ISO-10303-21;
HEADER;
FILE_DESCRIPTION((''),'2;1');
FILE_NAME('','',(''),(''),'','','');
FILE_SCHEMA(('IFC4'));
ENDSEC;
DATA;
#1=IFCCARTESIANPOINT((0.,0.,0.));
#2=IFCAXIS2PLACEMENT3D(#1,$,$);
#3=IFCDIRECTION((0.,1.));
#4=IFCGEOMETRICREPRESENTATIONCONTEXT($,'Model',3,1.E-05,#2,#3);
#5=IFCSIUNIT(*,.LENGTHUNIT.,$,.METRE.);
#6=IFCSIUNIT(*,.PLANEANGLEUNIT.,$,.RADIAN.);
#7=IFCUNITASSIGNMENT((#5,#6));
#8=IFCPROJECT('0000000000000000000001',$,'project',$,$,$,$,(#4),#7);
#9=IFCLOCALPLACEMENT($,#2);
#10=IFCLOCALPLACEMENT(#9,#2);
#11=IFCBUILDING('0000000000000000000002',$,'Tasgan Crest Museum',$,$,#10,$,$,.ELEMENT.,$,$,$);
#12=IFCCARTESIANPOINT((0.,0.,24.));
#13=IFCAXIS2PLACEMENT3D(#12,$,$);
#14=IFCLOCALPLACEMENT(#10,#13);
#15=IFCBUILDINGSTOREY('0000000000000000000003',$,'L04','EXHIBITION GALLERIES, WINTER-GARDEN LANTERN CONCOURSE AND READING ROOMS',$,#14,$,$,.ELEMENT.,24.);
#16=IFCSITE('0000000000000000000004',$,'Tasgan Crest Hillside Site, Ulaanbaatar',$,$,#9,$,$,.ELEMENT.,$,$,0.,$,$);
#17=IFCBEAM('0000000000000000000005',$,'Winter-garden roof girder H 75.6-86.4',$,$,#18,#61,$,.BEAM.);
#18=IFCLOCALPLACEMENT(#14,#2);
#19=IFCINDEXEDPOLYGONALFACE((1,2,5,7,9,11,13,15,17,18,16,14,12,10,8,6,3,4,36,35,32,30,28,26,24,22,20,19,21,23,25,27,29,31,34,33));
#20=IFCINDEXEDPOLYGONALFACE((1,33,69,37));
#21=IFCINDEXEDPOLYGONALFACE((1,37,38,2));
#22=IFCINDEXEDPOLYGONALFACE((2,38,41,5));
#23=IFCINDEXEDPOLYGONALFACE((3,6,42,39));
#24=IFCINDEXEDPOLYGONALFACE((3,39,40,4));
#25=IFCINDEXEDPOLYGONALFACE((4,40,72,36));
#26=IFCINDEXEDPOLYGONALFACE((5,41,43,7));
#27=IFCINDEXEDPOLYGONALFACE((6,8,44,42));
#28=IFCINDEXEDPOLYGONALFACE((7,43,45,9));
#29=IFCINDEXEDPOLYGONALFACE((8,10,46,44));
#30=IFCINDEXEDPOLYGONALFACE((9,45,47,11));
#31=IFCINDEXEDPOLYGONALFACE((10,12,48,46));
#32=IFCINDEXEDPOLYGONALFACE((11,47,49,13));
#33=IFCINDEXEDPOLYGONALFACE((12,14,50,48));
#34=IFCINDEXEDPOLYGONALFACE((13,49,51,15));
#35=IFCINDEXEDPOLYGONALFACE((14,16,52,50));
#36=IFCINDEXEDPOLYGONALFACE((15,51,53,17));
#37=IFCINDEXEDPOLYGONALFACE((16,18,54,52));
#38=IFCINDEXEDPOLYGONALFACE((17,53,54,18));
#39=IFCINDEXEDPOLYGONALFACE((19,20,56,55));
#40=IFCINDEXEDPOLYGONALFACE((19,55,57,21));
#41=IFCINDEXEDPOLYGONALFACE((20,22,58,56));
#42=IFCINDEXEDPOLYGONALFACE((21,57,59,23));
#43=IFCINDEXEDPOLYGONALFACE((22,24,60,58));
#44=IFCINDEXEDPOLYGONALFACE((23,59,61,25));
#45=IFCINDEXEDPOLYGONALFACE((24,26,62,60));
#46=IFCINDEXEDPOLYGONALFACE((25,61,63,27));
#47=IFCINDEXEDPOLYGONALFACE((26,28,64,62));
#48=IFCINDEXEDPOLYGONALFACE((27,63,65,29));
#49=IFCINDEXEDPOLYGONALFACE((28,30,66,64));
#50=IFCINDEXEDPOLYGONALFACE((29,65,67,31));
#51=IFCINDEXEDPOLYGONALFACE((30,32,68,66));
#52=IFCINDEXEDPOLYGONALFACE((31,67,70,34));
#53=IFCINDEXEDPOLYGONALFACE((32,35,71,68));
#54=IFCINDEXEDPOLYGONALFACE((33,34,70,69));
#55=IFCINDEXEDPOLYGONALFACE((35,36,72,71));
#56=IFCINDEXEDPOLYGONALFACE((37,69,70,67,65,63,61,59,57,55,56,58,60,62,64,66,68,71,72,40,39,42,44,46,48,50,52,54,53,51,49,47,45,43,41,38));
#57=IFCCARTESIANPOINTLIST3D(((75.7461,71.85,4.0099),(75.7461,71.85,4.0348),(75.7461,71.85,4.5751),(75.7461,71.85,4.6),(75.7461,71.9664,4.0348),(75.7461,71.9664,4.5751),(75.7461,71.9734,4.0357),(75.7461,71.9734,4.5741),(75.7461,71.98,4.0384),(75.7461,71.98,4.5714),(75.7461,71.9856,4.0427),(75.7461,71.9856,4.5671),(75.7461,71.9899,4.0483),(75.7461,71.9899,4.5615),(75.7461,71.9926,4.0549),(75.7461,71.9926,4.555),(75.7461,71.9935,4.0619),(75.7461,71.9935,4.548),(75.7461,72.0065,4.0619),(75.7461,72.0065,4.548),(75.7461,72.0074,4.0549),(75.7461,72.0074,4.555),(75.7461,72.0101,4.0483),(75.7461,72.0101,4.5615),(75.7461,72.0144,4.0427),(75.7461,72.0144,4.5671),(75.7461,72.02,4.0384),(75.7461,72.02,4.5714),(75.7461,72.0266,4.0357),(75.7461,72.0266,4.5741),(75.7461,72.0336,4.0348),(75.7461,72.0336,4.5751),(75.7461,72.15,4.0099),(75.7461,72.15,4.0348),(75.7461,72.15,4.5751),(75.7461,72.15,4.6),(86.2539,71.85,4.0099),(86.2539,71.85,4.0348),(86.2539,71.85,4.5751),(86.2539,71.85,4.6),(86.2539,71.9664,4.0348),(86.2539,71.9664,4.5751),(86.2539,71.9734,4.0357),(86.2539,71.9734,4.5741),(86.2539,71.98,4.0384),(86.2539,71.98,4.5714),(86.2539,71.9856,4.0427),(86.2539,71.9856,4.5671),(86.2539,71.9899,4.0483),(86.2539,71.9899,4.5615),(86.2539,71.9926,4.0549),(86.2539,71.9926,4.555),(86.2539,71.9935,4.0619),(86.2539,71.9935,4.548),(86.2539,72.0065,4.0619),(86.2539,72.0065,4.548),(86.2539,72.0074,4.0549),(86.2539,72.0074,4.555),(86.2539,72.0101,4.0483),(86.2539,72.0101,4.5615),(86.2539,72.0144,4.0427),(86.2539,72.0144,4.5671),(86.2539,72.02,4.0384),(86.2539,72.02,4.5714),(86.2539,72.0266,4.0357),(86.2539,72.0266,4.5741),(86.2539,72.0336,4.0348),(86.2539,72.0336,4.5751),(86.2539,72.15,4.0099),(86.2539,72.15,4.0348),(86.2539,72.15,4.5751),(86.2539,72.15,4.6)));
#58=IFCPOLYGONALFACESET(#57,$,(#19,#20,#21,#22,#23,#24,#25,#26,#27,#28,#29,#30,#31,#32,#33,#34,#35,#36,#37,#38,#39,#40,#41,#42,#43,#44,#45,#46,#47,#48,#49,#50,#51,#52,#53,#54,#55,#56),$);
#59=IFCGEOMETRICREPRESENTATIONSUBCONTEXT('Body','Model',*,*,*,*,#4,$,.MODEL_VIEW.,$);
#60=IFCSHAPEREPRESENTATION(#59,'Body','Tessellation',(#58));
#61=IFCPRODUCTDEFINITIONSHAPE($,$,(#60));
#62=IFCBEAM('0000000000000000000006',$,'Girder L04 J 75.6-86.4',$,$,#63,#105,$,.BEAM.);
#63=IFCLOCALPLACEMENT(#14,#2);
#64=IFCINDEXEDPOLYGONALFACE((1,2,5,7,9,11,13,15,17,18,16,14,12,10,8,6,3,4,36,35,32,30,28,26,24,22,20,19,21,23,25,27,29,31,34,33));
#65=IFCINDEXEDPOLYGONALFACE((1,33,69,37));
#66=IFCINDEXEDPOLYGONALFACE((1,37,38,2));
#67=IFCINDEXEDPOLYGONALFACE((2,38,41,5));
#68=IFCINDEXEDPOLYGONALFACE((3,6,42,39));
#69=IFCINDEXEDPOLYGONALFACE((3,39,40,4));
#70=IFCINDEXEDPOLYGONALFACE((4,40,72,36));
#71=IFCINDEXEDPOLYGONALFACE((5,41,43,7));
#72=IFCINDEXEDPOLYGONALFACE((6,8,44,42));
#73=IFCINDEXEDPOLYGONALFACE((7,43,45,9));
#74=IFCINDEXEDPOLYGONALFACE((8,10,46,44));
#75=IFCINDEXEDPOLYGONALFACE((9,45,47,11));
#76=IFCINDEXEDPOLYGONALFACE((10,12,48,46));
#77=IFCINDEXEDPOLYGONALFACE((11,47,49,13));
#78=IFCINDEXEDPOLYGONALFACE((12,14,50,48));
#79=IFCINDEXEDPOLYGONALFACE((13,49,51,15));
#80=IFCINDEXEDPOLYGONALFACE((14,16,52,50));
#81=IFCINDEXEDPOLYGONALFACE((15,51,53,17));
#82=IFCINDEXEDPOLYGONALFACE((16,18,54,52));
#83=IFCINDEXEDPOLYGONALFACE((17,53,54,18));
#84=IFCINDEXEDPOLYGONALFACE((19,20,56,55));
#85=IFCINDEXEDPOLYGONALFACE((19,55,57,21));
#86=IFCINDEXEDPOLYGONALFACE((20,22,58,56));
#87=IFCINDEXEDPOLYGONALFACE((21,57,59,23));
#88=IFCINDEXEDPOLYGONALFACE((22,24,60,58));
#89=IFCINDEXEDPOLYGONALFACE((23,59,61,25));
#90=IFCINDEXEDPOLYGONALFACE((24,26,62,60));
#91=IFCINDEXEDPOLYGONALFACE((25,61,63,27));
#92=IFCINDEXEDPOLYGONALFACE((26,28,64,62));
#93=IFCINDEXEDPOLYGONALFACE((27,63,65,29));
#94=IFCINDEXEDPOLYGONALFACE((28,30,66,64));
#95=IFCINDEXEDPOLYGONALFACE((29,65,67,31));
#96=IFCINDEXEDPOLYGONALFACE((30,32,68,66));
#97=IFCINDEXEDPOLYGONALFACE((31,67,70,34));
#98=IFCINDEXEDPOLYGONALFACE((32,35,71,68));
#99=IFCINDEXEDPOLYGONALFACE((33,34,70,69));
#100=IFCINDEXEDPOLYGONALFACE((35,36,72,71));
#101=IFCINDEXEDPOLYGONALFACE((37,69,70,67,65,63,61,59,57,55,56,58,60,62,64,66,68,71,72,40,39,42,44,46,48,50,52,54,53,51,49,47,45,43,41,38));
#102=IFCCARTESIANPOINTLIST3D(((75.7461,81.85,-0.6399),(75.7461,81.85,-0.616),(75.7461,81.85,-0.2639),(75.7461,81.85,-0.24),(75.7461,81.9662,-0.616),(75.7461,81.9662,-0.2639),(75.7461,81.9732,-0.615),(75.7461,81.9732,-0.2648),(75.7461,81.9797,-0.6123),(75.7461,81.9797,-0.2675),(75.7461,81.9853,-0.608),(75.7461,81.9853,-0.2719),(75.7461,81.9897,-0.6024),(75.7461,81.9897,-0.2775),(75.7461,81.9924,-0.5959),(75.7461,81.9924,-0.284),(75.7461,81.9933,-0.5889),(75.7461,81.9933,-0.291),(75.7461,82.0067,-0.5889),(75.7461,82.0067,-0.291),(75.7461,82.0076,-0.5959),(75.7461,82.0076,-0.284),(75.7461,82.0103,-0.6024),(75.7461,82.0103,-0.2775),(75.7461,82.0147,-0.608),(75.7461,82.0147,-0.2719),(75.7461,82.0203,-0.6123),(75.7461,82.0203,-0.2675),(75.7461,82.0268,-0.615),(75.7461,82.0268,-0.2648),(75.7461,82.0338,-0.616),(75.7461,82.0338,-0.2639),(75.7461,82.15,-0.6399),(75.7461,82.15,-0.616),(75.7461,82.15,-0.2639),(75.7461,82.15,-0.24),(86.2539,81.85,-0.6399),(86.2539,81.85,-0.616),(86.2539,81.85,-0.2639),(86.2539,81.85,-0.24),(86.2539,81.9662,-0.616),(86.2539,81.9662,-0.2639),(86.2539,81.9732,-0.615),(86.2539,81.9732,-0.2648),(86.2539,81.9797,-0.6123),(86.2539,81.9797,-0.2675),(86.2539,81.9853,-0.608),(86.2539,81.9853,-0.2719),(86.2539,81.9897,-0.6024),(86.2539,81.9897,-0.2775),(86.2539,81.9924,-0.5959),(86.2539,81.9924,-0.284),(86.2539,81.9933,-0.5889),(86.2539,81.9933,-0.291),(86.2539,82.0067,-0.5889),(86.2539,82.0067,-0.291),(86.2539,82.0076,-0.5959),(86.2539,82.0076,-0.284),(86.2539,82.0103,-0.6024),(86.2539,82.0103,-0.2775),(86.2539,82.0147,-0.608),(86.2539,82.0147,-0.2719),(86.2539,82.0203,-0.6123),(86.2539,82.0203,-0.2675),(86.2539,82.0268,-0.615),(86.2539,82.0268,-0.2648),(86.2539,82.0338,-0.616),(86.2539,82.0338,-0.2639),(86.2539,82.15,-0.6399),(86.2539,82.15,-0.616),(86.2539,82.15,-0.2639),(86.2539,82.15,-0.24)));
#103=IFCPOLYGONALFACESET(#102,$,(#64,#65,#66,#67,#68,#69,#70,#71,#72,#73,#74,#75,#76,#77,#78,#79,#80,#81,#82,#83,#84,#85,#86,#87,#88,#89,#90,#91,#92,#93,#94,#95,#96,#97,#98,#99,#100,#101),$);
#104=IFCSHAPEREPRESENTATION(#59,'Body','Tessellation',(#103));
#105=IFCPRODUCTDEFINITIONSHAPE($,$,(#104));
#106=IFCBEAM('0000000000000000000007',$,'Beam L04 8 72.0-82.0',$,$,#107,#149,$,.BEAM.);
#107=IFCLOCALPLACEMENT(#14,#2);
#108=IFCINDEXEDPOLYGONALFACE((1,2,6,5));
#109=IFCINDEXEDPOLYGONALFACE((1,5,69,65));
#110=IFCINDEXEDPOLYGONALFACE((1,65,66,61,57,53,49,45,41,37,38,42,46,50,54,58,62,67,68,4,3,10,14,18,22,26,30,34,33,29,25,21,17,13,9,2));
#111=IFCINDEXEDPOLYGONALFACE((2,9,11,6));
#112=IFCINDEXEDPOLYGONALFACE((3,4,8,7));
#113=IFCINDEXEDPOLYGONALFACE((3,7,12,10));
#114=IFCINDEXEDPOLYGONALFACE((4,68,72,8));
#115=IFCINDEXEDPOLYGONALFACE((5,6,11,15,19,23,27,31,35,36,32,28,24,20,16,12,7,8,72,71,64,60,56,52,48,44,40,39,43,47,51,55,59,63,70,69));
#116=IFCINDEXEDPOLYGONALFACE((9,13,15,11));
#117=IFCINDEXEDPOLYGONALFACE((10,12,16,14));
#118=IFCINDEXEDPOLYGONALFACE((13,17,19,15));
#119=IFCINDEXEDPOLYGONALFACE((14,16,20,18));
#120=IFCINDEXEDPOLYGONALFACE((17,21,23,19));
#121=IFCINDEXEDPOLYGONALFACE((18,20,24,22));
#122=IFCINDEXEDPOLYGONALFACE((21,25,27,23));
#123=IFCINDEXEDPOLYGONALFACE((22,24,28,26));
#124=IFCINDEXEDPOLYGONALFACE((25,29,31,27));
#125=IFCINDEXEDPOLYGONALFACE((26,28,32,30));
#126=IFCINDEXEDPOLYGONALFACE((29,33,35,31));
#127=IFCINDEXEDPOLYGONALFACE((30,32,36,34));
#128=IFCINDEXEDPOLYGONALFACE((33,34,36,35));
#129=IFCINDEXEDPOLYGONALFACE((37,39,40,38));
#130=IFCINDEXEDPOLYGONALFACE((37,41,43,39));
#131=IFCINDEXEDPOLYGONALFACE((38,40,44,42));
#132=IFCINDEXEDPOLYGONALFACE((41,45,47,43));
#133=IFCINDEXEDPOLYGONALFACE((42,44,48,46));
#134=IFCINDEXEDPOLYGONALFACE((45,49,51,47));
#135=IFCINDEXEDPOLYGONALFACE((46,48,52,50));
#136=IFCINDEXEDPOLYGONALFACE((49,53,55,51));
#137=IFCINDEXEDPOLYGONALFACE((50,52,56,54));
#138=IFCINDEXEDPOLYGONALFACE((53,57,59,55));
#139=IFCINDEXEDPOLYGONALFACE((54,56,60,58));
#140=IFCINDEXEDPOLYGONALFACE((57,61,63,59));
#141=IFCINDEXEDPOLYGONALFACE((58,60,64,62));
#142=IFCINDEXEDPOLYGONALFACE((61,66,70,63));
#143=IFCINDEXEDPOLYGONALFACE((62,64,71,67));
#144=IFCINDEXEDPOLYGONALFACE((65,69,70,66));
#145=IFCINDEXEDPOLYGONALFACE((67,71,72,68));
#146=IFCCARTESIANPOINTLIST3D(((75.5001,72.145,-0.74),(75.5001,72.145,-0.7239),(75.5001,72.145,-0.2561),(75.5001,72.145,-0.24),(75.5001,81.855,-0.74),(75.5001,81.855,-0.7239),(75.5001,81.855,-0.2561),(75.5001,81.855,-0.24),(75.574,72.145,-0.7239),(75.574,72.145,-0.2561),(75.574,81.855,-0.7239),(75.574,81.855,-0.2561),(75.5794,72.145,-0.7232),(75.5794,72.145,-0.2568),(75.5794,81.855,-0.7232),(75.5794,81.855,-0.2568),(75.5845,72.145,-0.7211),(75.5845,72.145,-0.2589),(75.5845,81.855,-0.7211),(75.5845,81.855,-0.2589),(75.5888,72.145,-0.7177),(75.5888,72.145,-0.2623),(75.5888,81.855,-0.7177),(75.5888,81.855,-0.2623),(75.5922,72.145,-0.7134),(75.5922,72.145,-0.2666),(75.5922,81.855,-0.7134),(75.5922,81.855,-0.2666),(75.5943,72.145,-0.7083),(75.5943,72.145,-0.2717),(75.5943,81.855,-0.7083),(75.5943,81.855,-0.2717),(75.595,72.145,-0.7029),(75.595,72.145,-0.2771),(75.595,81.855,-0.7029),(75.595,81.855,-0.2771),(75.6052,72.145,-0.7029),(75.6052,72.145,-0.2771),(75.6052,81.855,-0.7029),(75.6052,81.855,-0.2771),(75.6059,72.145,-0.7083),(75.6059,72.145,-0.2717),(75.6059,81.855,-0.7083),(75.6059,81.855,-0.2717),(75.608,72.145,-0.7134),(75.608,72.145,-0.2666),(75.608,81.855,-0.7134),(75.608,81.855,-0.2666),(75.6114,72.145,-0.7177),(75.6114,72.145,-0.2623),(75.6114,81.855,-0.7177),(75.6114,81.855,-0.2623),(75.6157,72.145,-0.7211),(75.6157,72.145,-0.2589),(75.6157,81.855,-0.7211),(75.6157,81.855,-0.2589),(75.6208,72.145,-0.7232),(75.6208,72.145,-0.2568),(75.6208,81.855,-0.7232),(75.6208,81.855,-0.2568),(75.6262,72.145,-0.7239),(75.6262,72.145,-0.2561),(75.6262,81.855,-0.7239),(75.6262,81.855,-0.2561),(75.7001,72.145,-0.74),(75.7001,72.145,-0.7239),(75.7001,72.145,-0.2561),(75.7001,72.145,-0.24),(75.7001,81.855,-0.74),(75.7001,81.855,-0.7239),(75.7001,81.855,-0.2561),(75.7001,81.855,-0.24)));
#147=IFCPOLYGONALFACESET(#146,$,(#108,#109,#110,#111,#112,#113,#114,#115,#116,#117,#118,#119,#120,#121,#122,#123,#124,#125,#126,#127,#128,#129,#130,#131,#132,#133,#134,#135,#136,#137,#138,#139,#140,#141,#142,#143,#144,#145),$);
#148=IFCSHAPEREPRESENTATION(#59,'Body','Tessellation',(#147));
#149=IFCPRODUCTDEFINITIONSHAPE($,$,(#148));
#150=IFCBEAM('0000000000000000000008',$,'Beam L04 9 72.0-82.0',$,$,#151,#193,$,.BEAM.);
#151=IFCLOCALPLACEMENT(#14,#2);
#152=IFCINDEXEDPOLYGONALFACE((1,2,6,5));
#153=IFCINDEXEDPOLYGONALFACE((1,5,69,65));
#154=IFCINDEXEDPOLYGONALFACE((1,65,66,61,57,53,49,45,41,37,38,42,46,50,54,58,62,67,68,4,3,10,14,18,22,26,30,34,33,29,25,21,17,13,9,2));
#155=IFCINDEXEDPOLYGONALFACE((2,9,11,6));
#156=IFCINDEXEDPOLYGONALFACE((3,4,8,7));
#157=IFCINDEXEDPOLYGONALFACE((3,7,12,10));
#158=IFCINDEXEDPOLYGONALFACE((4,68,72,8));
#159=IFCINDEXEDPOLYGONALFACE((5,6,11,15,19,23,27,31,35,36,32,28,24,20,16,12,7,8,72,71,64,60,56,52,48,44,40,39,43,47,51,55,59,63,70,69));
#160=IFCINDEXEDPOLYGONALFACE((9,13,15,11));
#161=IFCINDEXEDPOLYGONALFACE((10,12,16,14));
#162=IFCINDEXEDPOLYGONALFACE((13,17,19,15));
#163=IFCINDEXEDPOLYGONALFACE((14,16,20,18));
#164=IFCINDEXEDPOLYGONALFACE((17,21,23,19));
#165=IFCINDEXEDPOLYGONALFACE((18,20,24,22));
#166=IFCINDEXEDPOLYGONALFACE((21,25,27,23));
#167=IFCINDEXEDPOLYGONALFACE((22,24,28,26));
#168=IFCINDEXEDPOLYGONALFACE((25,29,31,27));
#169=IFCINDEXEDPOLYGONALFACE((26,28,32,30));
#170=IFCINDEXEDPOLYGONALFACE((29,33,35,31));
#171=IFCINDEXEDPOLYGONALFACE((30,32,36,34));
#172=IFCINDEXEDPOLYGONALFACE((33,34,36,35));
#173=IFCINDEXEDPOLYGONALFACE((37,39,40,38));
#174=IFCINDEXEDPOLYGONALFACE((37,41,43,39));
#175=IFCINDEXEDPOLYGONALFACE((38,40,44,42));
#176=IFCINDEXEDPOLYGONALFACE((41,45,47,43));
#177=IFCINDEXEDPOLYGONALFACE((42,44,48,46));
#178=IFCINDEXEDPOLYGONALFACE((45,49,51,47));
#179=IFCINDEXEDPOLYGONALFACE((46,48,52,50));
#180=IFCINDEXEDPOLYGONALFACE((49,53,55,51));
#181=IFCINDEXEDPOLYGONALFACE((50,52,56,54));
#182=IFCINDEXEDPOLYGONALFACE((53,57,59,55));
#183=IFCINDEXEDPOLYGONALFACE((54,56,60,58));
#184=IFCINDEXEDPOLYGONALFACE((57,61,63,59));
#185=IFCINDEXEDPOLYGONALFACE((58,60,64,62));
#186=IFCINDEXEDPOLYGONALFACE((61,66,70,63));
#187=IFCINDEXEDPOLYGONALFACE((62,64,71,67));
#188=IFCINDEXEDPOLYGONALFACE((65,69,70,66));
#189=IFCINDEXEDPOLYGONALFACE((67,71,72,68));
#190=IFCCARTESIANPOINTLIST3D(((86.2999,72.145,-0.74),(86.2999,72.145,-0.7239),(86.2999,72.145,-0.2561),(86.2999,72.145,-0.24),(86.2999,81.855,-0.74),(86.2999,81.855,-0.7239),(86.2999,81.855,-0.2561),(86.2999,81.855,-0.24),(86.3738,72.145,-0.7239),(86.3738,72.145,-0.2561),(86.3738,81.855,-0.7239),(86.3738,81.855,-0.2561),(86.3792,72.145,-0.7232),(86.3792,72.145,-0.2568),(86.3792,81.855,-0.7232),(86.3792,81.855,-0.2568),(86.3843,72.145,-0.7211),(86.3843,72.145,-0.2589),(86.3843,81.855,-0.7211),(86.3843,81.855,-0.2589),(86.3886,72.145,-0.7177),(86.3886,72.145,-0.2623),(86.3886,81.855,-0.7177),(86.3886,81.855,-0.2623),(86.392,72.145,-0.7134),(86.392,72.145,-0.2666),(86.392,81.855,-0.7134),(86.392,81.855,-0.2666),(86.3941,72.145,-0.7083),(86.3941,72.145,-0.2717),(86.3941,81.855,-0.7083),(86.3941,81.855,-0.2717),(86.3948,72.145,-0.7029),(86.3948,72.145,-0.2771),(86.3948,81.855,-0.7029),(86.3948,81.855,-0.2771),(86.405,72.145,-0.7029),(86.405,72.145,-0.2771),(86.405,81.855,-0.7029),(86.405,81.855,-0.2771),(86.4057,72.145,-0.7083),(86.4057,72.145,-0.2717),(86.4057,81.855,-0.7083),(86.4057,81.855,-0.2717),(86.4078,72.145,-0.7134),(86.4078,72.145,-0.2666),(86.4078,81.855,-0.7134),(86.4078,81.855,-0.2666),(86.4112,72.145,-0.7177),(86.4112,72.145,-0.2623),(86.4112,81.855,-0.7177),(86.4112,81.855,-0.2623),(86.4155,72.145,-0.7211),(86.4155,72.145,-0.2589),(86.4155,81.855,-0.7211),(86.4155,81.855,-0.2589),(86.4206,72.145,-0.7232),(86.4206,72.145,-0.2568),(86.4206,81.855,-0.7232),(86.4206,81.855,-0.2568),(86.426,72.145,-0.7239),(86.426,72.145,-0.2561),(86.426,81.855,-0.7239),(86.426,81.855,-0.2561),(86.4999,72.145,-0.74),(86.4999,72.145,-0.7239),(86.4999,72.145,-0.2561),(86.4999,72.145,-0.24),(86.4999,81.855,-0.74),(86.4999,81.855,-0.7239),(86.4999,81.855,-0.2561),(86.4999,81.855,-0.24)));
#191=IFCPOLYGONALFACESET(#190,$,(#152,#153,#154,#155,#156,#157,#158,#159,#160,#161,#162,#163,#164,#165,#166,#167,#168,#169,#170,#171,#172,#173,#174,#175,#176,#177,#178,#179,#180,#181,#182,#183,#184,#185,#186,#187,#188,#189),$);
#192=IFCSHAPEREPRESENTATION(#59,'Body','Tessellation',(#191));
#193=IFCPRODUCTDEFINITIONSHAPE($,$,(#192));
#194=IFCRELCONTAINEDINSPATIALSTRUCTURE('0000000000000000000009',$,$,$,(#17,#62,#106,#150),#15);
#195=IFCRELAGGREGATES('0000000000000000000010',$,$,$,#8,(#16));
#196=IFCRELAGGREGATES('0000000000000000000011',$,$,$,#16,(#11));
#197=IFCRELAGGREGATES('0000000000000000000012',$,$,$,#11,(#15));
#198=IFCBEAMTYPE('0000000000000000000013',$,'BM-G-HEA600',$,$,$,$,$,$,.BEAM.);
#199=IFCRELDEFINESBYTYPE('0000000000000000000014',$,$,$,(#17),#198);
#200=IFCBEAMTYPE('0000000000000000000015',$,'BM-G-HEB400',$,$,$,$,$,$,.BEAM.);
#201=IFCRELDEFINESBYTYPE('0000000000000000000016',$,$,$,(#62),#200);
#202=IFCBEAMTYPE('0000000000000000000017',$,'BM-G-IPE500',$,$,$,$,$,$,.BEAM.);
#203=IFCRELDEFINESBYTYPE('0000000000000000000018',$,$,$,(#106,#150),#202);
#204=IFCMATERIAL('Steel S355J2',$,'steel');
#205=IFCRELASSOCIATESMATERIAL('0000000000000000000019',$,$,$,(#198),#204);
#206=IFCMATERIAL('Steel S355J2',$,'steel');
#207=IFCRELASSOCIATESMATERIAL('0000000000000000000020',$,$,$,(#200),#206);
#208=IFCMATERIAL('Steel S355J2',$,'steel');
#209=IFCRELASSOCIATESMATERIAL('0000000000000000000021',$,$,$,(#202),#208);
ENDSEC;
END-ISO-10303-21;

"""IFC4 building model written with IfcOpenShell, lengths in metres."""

from ifc_helpers import new_model, si_unit, direction, frame, origin, origin_2d, place, context, subcontext, project, spatial, i_section, extrude, material, material_profile, profile_set, type_object, element, save


model = new_model("IFC4")

# Units and contexts
model_context = context("Model", 3, precision=1e-05, world=origin(), true_north=direction((0.0, 1.0)))
body_context = subcontext(model_context, "Body", "Model", "MODEL_VIEW")
ifc_project = project(units=[si_unit("LENGTHUNIT", "METRE"), si_unit("PLANEANGLEUNIT", "RADIAN")], contexts=[model_context])

# Site, building, storey
site_placement = place(None, origin())
site = spatial("IfcSite", under=ifc_project, at=site_placement, Name="Tasgan Crest Hillside Site, Ulaanbaatar", CompositionType="ELEMENT", RefElevation=0.0)
building_placement = place(site_placement, origin())
building = spatial("IfcBuilding", under=site, at=building_placement, Name="Tasgan Crest Museum", CompositionType="ELEMENT")
storey_placement = place(building_placement, frame((0.0, 0.0, 24.0)))
storey = spatial("IfcBuildingStorey", under=building, at=storey_placement, Name="L04", Description="EXHIBITION GALLERIES, WINTER-GARDEN LANTERN CONCOURSE AND READING ROOMS", CompositionType="ELEMENT", Elevation=24.0)

# Beams
ifc_material_1 = material(Name="Steel S355J2", Category="steel")
ifc_material_profile_1 = material_profile(ifc_material_1, i_section(OverallWidth=0.3, OverallDepth=0.5901, WebThickness=0.0129, FlangeThickness=0.0249, FilletRadius=0.0271, at=origin_2d()), Name="HEA 600")
ifc_profile_set_1 = profile_set([ifc_material_profile_1], Name="Steel S355J2")
beam_type_1 = type_object("IfcBeamType", Name="BM-G-HEA600", PredefinedType="BEAM", material=ifc_profile_set_1)
beam_1_placement = place(storey_placement, frame((75.7461, 72.0, 4.3049), z_axis=(1.0, 0.0, 0.0), x_axis=(0.0, 1.0, 0.0)))
element("IfcBeam", 1, at=beam_1_placement, inside=storey, type_object=beam_type_1, Name="Winter-garden roof girder H 75.6-86.4", PredefinedType="BEAM", context=body_context, shape_type="SweptSolid", body=[
    extrude(i_section(OverallWidth=0.3, OverallDepth=0.5901, WebThickness=0.0129, FlangeThickness=0.0249, FilletRadius=0.0271, at=origin_2d()), origin(), (0.0, 0.0, 1.0), 10.5078),
])
ifc_material_2 = material(Name="Steel S355J2", Category="steel")
ifc_material_profile_2 = material_profile(ifc_material_2, i_section(OverallWidth=0.3, OverallDepth=0.3999, WebThickness=0.0134, FlangeThickness=0.0239, FilletRadius=0.0271, at=origin_2d()), Name="HEB 400")
ifc_profile_set_2 = profile_set([ifc_material_profile_2], Name="Steel S355J2")
beam_type_2 = type_object("IfcBeamType", Name="BM-G-HEB400", PredefinedType="BEAM", material=ifc_profile_set_2)
beam_2_placement = place(storey_placement, frame((75.7461, 82.0, -0.4399), z_axis=(1.0, 0.0, 0.0), x_axis=(0.0, 1.0, 0.0)))
element("IfcBeam", 2, at=beam_2_placement, inside=storey, type_object=beam_type_2, Name="Girder L04 J 75.6-86.4", PredefinedType="BEAM", context=body_context, shape_type="SweptSolid", body=[
    extrude(i_section(OverallWidth=0.3, OverallDepth=0.3999, WebThickness=0.0134, FlangeThickness=0.0239, FilletRadius=0.0271, at=origin_2d()), origin(), (0.0, 0.0, 1.0), 10.5078),
])
ifc_material_3 = material(Name="Steel S355J2", Category="steel")
ifc_material_profile_3 = material_profile(ifc_material_3, i_section(OverallWidth=0.2, OverallDepth=0.5, WebThickness=0.0103, FlangeThickness=0.0161, FilletRadius=0.021, at=origin_2d()), Name="IPE 500")
ifc_profile_set_3 = profile_set([ifc_material_profile_3], Name="Steel S355J2")
beam_type_3 = type_object("IfcBeamType", Name="BM-G-IPE500", PredefinedType="BEAM", material=ifc_profile_set_3)
for number, where, z_axis, x_axis, name in (
    (3, (75.6001, 72.145, -0.49), (0.0, 1.0, 0.0), (-1.0, 0.0, 0.0), "Beam L04 8 72.0-82.0"),
    (4, (86.3999, 72.145, -0.49), (0.0, 1.0, 0.0), (-1.0, 0.0, 0.0), "Beam L04 9 72.0-82.0"),
):
    element("IfcBeam", number, at=place(storey_placement, frame(where, z_axis=z_axis, x_axis=x_axis)), inside=storey, type_object=beam_type_3, Name=name, PredefinedType="BEAM", context=body_context, shape_type="SweptSolid", body=[
        extrude(i_section(OverallWidth=0.2, OverallDepth=0.5, WebThickness=0.0103, FlangeThickness=0.0161, FilletRadius=0.021, at=origin_2d()), origin(), (0.0, 0.0, 1.0), 9.71),
    ])

save(model, "model.ifc")
